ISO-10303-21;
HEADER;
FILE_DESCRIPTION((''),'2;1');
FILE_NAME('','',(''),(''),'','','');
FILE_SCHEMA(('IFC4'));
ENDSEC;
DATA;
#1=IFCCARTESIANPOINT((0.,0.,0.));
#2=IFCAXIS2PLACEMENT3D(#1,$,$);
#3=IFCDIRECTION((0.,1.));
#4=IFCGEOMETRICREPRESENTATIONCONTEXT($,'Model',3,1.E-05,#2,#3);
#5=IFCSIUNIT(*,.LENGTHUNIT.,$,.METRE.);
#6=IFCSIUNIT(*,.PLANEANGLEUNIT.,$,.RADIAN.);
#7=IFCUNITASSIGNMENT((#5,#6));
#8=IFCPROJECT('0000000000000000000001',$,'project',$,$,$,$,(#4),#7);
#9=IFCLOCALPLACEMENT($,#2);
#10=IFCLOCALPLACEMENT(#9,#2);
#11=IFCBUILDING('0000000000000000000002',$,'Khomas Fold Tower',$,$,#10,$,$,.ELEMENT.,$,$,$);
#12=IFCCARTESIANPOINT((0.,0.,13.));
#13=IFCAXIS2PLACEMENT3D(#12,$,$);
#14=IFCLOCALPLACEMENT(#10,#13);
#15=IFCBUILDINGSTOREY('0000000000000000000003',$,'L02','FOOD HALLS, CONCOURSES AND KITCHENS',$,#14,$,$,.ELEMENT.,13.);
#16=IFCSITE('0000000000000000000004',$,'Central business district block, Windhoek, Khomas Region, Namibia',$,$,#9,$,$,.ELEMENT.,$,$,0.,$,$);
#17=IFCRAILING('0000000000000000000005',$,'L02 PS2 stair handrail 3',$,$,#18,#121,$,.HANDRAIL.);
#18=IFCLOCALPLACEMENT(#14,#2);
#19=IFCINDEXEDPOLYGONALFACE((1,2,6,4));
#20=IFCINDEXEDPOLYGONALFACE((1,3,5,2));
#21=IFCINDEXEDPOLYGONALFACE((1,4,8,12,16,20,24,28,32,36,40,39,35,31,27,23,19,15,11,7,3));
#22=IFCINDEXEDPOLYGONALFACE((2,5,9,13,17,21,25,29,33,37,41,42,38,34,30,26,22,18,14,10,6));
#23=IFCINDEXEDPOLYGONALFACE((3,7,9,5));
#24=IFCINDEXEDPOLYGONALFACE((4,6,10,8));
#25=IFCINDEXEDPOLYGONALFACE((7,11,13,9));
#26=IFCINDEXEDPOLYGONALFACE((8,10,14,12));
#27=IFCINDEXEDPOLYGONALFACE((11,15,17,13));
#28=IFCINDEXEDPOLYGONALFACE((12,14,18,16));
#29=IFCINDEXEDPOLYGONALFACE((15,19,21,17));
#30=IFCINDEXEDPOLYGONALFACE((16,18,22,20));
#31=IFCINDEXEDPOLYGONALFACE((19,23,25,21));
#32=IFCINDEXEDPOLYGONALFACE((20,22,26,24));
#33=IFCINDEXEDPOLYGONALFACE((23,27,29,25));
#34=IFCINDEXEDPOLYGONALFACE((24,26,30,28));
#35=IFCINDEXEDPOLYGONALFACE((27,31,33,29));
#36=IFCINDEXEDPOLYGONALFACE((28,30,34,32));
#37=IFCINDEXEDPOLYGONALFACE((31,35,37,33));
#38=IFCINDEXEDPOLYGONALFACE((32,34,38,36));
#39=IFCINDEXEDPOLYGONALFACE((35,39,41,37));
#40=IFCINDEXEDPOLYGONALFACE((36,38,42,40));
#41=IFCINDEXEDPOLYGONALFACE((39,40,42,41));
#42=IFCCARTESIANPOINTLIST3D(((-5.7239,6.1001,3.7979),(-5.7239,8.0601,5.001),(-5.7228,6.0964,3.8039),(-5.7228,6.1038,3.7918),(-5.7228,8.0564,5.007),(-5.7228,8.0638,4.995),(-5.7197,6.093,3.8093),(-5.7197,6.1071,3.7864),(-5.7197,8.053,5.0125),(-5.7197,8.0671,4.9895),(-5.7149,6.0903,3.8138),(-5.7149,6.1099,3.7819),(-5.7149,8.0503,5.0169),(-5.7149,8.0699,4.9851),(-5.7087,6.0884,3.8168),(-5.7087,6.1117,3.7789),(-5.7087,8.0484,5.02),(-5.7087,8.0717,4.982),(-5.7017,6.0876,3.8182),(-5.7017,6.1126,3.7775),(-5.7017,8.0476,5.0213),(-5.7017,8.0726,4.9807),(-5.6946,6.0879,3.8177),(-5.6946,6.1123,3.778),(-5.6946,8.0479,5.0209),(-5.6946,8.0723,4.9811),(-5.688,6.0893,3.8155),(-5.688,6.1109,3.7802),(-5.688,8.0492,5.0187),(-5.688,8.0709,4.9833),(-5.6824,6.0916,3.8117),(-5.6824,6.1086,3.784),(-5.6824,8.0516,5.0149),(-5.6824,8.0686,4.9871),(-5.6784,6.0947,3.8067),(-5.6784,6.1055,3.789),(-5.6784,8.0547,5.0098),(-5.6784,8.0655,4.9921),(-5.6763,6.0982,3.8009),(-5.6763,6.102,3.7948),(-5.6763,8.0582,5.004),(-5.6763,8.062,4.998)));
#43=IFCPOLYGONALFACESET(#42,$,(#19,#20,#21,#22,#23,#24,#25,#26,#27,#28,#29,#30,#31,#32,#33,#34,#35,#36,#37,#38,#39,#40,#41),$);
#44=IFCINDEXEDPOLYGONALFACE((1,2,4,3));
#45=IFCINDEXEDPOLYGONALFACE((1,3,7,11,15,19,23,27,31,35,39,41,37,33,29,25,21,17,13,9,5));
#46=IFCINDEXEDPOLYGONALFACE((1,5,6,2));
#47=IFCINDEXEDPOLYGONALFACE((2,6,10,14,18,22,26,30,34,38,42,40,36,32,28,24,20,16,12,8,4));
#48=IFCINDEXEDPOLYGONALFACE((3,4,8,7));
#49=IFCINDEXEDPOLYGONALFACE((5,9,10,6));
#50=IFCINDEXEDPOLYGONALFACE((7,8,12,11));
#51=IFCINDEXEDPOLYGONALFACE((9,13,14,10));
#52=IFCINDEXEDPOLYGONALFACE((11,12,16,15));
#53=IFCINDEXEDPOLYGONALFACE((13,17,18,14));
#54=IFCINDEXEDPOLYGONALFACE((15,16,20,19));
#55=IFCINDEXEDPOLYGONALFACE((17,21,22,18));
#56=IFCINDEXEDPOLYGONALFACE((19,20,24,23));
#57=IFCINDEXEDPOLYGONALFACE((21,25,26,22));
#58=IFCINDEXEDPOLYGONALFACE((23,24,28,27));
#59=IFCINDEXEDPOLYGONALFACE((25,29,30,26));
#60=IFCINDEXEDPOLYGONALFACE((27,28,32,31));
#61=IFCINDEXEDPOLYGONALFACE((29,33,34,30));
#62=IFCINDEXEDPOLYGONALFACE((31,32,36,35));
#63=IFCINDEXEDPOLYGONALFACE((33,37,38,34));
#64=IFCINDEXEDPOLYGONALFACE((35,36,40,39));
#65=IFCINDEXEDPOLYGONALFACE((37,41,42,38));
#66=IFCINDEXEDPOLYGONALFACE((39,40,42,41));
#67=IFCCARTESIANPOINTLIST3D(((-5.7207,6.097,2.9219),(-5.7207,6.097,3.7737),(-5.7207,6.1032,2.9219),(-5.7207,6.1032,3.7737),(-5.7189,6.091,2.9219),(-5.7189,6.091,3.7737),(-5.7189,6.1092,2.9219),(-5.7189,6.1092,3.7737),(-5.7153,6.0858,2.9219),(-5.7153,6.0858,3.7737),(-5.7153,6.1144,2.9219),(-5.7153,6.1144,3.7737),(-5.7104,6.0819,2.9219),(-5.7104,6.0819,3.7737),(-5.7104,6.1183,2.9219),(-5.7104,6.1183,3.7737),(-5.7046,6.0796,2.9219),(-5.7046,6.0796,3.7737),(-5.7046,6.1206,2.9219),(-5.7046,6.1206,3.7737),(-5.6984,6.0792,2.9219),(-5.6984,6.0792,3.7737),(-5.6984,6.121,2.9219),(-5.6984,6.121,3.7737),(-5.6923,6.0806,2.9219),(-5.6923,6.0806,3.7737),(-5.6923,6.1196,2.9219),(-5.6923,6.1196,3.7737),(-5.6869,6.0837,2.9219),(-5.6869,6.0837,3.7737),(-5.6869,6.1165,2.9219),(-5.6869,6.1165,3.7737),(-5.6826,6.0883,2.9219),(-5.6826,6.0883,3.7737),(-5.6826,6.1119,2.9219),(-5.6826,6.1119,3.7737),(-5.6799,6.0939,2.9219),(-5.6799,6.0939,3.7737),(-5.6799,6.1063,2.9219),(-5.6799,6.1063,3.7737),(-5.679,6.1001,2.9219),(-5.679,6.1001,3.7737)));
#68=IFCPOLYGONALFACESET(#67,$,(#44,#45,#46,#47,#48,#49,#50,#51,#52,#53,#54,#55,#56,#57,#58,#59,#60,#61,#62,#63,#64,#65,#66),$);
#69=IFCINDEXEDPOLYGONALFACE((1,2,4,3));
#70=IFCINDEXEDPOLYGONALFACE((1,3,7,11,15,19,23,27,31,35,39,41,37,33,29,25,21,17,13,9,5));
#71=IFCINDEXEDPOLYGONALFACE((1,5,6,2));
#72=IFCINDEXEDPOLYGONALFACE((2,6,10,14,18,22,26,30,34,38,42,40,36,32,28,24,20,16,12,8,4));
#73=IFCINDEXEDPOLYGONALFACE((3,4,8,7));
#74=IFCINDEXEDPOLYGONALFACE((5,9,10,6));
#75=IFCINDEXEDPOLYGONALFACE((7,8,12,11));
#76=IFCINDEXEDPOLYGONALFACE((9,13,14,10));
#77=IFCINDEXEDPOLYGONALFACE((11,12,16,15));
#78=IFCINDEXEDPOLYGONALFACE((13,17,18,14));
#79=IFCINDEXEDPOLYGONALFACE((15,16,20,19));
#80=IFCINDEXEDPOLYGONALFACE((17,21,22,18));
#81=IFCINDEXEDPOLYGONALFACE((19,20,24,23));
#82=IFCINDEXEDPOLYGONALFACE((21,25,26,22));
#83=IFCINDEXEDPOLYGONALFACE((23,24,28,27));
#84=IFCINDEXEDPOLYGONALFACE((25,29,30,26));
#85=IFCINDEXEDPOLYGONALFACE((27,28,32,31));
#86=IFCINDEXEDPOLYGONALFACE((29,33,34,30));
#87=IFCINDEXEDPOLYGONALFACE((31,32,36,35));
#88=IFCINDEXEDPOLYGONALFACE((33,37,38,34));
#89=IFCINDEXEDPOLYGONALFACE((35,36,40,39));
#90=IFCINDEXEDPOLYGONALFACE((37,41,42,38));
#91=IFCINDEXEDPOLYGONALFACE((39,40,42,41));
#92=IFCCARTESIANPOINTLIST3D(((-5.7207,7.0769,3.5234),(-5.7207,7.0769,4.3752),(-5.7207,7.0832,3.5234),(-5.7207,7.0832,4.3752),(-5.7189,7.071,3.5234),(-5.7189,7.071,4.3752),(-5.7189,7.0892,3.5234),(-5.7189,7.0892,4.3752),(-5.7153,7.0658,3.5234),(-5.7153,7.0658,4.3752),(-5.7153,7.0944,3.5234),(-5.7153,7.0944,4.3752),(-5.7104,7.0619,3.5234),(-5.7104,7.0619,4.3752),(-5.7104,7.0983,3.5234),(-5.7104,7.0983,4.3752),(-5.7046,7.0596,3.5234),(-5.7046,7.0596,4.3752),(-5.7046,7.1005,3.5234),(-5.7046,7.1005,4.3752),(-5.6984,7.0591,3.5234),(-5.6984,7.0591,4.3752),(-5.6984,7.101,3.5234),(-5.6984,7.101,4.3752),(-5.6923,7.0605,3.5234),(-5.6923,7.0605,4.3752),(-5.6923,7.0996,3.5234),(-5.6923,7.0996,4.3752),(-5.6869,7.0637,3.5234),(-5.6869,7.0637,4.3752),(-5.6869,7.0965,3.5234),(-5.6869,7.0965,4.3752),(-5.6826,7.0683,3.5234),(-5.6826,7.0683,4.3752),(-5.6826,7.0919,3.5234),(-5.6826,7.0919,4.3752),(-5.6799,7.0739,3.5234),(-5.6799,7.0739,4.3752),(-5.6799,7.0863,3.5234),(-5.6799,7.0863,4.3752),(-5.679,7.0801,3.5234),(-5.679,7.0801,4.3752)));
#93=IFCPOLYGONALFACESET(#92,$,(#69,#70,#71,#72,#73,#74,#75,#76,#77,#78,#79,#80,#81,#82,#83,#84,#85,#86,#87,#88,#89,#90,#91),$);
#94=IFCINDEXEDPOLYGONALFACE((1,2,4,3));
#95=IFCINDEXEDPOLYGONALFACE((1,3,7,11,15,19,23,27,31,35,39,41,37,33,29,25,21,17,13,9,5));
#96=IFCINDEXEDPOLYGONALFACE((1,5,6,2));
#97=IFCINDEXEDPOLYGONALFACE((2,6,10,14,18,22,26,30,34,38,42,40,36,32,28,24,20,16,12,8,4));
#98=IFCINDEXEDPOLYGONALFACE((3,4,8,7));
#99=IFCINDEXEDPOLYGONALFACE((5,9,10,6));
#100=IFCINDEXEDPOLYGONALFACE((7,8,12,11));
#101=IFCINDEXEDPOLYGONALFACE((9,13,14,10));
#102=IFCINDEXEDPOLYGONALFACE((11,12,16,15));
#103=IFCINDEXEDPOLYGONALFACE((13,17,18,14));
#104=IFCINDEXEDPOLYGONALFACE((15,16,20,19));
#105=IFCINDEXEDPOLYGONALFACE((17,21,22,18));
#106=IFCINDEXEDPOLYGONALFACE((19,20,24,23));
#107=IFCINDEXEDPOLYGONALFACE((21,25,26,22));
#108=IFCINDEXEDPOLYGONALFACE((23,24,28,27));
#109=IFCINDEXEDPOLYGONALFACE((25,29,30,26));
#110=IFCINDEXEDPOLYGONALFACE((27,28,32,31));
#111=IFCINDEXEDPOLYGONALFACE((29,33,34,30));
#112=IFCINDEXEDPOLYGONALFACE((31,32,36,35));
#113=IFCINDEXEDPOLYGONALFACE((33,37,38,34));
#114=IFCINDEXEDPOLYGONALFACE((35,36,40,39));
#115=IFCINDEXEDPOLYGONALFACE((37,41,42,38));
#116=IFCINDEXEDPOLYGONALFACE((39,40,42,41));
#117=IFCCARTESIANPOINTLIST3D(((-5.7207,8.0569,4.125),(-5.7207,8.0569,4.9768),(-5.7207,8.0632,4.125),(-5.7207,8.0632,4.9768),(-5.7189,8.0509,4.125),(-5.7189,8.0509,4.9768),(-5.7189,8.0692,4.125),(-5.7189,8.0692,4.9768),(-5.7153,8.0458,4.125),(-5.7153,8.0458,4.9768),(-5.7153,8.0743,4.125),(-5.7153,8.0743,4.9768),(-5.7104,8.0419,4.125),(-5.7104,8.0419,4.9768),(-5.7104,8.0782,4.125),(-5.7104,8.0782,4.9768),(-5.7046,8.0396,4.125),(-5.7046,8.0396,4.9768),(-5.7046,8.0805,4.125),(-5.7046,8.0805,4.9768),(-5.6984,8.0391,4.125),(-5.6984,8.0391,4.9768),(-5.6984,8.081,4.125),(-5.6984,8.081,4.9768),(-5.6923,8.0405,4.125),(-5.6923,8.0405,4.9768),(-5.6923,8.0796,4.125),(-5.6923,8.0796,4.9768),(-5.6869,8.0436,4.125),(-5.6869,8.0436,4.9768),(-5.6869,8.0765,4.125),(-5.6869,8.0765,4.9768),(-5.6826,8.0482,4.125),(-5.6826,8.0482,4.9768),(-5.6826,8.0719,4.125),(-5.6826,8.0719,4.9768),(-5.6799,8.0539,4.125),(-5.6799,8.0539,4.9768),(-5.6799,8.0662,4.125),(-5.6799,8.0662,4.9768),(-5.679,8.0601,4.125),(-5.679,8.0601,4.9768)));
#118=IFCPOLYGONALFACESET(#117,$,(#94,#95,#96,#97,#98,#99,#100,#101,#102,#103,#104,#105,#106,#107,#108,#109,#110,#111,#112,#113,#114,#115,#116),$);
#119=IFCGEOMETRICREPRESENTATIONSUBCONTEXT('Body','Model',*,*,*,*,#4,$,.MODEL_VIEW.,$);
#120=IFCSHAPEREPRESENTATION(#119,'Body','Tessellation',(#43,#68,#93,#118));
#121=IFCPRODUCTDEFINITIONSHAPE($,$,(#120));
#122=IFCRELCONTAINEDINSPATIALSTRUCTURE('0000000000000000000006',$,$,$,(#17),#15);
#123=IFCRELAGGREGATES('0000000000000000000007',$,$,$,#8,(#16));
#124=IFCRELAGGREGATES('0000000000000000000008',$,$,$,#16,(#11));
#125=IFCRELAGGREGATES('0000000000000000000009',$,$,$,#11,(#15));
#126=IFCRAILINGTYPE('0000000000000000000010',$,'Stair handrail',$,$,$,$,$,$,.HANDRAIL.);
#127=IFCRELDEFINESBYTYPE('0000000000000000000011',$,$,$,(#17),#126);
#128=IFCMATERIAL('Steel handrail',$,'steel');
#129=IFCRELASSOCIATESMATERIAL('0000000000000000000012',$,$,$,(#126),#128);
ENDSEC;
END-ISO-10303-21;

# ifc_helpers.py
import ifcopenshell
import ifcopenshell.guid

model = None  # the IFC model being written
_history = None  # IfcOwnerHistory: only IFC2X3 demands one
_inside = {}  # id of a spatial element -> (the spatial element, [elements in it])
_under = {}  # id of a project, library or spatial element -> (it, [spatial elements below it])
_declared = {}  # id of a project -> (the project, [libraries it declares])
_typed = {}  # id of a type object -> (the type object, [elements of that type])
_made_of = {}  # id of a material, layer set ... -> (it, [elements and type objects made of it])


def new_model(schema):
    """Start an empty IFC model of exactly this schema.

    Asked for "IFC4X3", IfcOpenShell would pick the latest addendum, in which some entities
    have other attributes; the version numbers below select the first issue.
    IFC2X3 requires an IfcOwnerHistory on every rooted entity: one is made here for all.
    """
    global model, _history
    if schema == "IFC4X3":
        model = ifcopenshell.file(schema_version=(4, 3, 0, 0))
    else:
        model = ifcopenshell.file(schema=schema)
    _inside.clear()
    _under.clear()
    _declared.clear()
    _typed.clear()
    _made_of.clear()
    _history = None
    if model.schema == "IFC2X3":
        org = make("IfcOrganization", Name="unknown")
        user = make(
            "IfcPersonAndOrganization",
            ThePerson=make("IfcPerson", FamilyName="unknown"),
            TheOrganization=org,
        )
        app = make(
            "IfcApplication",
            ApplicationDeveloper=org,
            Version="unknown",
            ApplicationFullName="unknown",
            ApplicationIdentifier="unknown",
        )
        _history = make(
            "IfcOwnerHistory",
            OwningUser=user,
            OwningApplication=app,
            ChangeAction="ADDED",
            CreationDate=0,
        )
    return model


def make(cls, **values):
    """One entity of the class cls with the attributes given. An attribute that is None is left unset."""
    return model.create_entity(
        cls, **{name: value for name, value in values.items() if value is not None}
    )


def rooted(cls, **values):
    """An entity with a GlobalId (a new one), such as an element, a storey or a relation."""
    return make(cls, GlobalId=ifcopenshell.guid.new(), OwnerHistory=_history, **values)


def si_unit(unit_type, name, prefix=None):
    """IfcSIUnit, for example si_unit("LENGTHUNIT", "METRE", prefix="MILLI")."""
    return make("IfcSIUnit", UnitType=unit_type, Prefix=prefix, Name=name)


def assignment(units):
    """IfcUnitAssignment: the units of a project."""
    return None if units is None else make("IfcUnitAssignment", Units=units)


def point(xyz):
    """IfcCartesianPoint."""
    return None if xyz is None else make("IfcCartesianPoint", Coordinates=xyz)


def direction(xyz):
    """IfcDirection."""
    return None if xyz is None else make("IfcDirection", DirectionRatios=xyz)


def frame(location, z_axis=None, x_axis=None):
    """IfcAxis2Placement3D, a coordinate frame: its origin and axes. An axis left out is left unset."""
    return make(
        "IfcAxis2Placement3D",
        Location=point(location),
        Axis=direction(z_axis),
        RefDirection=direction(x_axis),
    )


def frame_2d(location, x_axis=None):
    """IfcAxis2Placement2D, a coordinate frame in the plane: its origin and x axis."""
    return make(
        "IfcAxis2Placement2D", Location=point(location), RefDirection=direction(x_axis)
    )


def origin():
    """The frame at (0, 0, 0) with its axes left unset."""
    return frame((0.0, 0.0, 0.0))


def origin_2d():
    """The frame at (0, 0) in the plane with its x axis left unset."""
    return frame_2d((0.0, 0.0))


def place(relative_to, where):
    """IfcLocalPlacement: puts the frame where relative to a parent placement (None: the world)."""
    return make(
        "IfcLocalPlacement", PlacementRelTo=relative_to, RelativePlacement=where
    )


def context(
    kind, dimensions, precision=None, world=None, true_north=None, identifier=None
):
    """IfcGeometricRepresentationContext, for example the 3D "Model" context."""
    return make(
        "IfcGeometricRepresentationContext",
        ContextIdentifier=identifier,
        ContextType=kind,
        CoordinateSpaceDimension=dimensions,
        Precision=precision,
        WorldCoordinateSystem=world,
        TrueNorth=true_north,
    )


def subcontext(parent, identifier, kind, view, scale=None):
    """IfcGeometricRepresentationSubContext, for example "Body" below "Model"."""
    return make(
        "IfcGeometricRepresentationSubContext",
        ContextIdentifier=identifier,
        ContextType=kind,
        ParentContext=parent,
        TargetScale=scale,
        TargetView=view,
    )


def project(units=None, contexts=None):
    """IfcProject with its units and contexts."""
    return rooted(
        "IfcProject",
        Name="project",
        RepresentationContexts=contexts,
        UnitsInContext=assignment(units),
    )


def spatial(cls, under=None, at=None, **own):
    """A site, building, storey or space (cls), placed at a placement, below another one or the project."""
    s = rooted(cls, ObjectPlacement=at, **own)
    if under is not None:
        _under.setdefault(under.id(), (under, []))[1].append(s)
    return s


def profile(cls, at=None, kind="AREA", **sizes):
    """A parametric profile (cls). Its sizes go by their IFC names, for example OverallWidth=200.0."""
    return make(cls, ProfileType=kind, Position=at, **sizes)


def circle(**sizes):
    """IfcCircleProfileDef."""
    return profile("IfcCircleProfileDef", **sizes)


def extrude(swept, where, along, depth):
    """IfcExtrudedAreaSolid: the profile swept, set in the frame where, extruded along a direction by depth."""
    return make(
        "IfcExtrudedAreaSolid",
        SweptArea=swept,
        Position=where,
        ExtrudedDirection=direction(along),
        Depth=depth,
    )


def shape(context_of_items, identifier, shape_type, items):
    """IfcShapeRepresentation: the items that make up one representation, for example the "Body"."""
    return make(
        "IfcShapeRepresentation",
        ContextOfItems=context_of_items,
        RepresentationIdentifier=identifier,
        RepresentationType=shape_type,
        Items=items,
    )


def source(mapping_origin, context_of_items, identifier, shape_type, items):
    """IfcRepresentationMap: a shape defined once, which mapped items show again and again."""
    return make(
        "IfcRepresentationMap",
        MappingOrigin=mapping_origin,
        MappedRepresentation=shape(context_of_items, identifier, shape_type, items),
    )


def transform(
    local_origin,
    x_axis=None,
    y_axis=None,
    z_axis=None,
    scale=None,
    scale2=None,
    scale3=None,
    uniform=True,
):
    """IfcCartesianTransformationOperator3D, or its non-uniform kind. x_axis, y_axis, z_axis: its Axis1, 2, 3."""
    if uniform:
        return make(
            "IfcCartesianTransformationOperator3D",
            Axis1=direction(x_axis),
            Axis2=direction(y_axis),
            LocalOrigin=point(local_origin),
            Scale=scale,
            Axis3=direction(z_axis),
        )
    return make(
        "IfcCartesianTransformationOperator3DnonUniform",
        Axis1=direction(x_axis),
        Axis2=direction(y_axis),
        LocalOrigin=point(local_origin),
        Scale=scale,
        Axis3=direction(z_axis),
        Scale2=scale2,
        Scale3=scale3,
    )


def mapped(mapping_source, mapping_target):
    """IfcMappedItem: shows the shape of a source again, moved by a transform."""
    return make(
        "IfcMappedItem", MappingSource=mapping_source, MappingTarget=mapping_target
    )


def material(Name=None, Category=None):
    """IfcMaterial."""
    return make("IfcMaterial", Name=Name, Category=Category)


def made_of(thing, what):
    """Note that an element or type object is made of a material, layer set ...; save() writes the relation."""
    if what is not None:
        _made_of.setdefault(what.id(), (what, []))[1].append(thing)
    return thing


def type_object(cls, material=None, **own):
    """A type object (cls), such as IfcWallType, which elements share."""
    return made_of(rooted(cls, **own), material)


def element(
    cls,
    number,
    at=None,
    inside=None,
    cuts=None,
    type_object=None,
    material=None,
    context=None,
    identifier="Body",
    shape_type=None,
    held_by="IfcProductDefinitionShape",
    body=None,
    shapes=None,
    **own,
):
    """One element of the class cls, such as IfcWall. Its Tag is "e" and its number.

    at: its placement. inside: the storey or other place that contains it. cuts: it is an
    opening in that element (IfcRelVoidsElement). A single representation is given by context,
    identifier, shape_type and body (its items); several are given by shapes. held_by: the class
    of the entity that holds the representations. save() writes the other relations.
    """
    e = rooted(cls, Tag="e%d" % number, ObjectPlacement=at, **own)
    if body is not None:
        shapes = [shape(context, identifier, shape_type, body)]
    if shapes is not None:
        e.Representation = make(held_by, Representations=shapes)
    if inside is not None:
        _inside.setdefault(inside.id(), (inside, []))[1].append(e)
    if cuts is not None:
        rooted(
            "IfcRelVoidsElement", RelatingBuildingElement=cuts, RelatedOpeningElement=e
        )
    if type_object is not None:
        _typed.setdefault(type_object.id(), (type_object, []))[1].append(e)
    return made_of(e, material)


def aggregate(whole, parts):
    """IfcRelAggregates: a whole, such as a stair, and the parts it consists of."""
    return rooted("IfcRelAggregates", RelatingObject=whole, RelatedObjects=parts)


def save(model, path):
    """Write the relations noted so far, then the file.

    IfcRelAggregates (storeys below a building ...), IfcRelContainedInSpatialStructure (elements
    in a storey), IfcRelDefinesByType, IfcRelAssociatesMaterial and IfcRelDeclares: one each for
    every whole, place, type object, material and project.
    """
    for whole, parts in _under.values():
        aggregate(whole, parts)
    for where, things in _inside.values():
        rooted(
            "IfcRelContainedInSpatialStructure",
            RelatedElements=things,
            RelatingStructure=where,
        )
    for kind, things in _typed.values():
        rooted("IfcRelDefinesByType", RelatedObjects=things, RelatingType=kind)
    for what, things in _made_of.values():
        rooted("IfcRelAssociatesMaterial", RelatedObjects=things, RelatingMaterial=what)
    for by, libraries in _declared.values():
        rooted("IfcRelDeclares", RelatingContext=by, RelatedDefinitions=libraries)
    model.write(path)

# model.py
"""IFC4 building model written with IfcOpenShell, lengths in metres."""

from ifc_helpers import new_model, si_unit, direction, frame, origin, origin_2d, place, context, subcontext, project, spatial, circle, extrude, source, transform, mapped, material, type_object, element, save


model = new_model("IFC4")

# Units and contexts
model_context = context("Model", 3, precision=1e-05, world=origin(), true_north=direction((0.0, 1.0)))
body_context = subcontext(model_context, "Body", "Model", "MODEL_VIEW")
ifc_project = project(units=[si_unit("LENGTHUNIT", "METRE"), si_unit("PLANEANGLEUNIT", "RADIAN")], contexts=[model_context])

# Site, building, storey
site_placement = place(None, origin())
site = spatial("IfcSite", under=ifc_project, at=site_placement, Name="Central business district block, Windhoek, Khomas Region, Namibia", CompositionType="ELEMENT", RefElevation=0.0)
building_placement = place(site_placement, origin())
building = spatial("IfcBuilding", under=site, at=building_placement, Name="Khomas Fold Tower", CompositionType="ELEMENT")
storey_placement = place(building_placement, frame((0.0, 0.0, 13.0)))
storey = spatial("IfcBuildingStorey", under=building, at=storey_placement, Name="L02", Description="FOOD HALLS, CONCOURSES AND KITCHENS", CompositionType="ELEMENT", Elevation=13.0)

# Railing
ifc_material_1 = material(Name="Steel handrail", Category="steel")
railing_type_1 = type_object("IfcRailingType", Name="Stair handrail", PredefinedType="HANDRAIL", material=ifc_material_1)
shared_shape_1 = source(origin(), body_context, "Body", "SweptSolid", [
    extrude(circle(Radius=0.0239, at=origin_2d()), frame((0.0, 0.0, 0.876), z_axis=(0.0, 0.852241, 0.523149), x_axis=(-1.0, 0.0, 0.0)), (0.0, 0.0, 1.0), 2.2998),
    extrude(circle(Radius=0.021, at=origin_2d()), origin(), (0.0, 0.0, 1.0), 0.8518),
    extrude(circle(Radius=0.021, at=origin_2d()), frame((0.0, 0.98, 0.6016)), (0.0, 0.0, 1.0), 0.8518),
    extrude(circle(Radius=0.021, at=origin_2d()), frame((0.0, 1.96, 1.2031)), (0.0, 0.0, 1.0), 0.8518),
])
for number, where, name in (
    (1, (-5.7, 6.1001, 2.9219), "L02 PS2 stair handrail 3"),
):
    element("IfcRailing", number, at=place(storey_placement, frame(where)), inside=storey, type_object=railing_type_1, Name=name, PredefinedType="HANDRAIL", context=body_context, shape_type="MappedRepresentation", body=[
        mapped(shared_shape_1, transform((0.0, 0.0, 0.0))),
    ])

save(model, "model.ifc")
